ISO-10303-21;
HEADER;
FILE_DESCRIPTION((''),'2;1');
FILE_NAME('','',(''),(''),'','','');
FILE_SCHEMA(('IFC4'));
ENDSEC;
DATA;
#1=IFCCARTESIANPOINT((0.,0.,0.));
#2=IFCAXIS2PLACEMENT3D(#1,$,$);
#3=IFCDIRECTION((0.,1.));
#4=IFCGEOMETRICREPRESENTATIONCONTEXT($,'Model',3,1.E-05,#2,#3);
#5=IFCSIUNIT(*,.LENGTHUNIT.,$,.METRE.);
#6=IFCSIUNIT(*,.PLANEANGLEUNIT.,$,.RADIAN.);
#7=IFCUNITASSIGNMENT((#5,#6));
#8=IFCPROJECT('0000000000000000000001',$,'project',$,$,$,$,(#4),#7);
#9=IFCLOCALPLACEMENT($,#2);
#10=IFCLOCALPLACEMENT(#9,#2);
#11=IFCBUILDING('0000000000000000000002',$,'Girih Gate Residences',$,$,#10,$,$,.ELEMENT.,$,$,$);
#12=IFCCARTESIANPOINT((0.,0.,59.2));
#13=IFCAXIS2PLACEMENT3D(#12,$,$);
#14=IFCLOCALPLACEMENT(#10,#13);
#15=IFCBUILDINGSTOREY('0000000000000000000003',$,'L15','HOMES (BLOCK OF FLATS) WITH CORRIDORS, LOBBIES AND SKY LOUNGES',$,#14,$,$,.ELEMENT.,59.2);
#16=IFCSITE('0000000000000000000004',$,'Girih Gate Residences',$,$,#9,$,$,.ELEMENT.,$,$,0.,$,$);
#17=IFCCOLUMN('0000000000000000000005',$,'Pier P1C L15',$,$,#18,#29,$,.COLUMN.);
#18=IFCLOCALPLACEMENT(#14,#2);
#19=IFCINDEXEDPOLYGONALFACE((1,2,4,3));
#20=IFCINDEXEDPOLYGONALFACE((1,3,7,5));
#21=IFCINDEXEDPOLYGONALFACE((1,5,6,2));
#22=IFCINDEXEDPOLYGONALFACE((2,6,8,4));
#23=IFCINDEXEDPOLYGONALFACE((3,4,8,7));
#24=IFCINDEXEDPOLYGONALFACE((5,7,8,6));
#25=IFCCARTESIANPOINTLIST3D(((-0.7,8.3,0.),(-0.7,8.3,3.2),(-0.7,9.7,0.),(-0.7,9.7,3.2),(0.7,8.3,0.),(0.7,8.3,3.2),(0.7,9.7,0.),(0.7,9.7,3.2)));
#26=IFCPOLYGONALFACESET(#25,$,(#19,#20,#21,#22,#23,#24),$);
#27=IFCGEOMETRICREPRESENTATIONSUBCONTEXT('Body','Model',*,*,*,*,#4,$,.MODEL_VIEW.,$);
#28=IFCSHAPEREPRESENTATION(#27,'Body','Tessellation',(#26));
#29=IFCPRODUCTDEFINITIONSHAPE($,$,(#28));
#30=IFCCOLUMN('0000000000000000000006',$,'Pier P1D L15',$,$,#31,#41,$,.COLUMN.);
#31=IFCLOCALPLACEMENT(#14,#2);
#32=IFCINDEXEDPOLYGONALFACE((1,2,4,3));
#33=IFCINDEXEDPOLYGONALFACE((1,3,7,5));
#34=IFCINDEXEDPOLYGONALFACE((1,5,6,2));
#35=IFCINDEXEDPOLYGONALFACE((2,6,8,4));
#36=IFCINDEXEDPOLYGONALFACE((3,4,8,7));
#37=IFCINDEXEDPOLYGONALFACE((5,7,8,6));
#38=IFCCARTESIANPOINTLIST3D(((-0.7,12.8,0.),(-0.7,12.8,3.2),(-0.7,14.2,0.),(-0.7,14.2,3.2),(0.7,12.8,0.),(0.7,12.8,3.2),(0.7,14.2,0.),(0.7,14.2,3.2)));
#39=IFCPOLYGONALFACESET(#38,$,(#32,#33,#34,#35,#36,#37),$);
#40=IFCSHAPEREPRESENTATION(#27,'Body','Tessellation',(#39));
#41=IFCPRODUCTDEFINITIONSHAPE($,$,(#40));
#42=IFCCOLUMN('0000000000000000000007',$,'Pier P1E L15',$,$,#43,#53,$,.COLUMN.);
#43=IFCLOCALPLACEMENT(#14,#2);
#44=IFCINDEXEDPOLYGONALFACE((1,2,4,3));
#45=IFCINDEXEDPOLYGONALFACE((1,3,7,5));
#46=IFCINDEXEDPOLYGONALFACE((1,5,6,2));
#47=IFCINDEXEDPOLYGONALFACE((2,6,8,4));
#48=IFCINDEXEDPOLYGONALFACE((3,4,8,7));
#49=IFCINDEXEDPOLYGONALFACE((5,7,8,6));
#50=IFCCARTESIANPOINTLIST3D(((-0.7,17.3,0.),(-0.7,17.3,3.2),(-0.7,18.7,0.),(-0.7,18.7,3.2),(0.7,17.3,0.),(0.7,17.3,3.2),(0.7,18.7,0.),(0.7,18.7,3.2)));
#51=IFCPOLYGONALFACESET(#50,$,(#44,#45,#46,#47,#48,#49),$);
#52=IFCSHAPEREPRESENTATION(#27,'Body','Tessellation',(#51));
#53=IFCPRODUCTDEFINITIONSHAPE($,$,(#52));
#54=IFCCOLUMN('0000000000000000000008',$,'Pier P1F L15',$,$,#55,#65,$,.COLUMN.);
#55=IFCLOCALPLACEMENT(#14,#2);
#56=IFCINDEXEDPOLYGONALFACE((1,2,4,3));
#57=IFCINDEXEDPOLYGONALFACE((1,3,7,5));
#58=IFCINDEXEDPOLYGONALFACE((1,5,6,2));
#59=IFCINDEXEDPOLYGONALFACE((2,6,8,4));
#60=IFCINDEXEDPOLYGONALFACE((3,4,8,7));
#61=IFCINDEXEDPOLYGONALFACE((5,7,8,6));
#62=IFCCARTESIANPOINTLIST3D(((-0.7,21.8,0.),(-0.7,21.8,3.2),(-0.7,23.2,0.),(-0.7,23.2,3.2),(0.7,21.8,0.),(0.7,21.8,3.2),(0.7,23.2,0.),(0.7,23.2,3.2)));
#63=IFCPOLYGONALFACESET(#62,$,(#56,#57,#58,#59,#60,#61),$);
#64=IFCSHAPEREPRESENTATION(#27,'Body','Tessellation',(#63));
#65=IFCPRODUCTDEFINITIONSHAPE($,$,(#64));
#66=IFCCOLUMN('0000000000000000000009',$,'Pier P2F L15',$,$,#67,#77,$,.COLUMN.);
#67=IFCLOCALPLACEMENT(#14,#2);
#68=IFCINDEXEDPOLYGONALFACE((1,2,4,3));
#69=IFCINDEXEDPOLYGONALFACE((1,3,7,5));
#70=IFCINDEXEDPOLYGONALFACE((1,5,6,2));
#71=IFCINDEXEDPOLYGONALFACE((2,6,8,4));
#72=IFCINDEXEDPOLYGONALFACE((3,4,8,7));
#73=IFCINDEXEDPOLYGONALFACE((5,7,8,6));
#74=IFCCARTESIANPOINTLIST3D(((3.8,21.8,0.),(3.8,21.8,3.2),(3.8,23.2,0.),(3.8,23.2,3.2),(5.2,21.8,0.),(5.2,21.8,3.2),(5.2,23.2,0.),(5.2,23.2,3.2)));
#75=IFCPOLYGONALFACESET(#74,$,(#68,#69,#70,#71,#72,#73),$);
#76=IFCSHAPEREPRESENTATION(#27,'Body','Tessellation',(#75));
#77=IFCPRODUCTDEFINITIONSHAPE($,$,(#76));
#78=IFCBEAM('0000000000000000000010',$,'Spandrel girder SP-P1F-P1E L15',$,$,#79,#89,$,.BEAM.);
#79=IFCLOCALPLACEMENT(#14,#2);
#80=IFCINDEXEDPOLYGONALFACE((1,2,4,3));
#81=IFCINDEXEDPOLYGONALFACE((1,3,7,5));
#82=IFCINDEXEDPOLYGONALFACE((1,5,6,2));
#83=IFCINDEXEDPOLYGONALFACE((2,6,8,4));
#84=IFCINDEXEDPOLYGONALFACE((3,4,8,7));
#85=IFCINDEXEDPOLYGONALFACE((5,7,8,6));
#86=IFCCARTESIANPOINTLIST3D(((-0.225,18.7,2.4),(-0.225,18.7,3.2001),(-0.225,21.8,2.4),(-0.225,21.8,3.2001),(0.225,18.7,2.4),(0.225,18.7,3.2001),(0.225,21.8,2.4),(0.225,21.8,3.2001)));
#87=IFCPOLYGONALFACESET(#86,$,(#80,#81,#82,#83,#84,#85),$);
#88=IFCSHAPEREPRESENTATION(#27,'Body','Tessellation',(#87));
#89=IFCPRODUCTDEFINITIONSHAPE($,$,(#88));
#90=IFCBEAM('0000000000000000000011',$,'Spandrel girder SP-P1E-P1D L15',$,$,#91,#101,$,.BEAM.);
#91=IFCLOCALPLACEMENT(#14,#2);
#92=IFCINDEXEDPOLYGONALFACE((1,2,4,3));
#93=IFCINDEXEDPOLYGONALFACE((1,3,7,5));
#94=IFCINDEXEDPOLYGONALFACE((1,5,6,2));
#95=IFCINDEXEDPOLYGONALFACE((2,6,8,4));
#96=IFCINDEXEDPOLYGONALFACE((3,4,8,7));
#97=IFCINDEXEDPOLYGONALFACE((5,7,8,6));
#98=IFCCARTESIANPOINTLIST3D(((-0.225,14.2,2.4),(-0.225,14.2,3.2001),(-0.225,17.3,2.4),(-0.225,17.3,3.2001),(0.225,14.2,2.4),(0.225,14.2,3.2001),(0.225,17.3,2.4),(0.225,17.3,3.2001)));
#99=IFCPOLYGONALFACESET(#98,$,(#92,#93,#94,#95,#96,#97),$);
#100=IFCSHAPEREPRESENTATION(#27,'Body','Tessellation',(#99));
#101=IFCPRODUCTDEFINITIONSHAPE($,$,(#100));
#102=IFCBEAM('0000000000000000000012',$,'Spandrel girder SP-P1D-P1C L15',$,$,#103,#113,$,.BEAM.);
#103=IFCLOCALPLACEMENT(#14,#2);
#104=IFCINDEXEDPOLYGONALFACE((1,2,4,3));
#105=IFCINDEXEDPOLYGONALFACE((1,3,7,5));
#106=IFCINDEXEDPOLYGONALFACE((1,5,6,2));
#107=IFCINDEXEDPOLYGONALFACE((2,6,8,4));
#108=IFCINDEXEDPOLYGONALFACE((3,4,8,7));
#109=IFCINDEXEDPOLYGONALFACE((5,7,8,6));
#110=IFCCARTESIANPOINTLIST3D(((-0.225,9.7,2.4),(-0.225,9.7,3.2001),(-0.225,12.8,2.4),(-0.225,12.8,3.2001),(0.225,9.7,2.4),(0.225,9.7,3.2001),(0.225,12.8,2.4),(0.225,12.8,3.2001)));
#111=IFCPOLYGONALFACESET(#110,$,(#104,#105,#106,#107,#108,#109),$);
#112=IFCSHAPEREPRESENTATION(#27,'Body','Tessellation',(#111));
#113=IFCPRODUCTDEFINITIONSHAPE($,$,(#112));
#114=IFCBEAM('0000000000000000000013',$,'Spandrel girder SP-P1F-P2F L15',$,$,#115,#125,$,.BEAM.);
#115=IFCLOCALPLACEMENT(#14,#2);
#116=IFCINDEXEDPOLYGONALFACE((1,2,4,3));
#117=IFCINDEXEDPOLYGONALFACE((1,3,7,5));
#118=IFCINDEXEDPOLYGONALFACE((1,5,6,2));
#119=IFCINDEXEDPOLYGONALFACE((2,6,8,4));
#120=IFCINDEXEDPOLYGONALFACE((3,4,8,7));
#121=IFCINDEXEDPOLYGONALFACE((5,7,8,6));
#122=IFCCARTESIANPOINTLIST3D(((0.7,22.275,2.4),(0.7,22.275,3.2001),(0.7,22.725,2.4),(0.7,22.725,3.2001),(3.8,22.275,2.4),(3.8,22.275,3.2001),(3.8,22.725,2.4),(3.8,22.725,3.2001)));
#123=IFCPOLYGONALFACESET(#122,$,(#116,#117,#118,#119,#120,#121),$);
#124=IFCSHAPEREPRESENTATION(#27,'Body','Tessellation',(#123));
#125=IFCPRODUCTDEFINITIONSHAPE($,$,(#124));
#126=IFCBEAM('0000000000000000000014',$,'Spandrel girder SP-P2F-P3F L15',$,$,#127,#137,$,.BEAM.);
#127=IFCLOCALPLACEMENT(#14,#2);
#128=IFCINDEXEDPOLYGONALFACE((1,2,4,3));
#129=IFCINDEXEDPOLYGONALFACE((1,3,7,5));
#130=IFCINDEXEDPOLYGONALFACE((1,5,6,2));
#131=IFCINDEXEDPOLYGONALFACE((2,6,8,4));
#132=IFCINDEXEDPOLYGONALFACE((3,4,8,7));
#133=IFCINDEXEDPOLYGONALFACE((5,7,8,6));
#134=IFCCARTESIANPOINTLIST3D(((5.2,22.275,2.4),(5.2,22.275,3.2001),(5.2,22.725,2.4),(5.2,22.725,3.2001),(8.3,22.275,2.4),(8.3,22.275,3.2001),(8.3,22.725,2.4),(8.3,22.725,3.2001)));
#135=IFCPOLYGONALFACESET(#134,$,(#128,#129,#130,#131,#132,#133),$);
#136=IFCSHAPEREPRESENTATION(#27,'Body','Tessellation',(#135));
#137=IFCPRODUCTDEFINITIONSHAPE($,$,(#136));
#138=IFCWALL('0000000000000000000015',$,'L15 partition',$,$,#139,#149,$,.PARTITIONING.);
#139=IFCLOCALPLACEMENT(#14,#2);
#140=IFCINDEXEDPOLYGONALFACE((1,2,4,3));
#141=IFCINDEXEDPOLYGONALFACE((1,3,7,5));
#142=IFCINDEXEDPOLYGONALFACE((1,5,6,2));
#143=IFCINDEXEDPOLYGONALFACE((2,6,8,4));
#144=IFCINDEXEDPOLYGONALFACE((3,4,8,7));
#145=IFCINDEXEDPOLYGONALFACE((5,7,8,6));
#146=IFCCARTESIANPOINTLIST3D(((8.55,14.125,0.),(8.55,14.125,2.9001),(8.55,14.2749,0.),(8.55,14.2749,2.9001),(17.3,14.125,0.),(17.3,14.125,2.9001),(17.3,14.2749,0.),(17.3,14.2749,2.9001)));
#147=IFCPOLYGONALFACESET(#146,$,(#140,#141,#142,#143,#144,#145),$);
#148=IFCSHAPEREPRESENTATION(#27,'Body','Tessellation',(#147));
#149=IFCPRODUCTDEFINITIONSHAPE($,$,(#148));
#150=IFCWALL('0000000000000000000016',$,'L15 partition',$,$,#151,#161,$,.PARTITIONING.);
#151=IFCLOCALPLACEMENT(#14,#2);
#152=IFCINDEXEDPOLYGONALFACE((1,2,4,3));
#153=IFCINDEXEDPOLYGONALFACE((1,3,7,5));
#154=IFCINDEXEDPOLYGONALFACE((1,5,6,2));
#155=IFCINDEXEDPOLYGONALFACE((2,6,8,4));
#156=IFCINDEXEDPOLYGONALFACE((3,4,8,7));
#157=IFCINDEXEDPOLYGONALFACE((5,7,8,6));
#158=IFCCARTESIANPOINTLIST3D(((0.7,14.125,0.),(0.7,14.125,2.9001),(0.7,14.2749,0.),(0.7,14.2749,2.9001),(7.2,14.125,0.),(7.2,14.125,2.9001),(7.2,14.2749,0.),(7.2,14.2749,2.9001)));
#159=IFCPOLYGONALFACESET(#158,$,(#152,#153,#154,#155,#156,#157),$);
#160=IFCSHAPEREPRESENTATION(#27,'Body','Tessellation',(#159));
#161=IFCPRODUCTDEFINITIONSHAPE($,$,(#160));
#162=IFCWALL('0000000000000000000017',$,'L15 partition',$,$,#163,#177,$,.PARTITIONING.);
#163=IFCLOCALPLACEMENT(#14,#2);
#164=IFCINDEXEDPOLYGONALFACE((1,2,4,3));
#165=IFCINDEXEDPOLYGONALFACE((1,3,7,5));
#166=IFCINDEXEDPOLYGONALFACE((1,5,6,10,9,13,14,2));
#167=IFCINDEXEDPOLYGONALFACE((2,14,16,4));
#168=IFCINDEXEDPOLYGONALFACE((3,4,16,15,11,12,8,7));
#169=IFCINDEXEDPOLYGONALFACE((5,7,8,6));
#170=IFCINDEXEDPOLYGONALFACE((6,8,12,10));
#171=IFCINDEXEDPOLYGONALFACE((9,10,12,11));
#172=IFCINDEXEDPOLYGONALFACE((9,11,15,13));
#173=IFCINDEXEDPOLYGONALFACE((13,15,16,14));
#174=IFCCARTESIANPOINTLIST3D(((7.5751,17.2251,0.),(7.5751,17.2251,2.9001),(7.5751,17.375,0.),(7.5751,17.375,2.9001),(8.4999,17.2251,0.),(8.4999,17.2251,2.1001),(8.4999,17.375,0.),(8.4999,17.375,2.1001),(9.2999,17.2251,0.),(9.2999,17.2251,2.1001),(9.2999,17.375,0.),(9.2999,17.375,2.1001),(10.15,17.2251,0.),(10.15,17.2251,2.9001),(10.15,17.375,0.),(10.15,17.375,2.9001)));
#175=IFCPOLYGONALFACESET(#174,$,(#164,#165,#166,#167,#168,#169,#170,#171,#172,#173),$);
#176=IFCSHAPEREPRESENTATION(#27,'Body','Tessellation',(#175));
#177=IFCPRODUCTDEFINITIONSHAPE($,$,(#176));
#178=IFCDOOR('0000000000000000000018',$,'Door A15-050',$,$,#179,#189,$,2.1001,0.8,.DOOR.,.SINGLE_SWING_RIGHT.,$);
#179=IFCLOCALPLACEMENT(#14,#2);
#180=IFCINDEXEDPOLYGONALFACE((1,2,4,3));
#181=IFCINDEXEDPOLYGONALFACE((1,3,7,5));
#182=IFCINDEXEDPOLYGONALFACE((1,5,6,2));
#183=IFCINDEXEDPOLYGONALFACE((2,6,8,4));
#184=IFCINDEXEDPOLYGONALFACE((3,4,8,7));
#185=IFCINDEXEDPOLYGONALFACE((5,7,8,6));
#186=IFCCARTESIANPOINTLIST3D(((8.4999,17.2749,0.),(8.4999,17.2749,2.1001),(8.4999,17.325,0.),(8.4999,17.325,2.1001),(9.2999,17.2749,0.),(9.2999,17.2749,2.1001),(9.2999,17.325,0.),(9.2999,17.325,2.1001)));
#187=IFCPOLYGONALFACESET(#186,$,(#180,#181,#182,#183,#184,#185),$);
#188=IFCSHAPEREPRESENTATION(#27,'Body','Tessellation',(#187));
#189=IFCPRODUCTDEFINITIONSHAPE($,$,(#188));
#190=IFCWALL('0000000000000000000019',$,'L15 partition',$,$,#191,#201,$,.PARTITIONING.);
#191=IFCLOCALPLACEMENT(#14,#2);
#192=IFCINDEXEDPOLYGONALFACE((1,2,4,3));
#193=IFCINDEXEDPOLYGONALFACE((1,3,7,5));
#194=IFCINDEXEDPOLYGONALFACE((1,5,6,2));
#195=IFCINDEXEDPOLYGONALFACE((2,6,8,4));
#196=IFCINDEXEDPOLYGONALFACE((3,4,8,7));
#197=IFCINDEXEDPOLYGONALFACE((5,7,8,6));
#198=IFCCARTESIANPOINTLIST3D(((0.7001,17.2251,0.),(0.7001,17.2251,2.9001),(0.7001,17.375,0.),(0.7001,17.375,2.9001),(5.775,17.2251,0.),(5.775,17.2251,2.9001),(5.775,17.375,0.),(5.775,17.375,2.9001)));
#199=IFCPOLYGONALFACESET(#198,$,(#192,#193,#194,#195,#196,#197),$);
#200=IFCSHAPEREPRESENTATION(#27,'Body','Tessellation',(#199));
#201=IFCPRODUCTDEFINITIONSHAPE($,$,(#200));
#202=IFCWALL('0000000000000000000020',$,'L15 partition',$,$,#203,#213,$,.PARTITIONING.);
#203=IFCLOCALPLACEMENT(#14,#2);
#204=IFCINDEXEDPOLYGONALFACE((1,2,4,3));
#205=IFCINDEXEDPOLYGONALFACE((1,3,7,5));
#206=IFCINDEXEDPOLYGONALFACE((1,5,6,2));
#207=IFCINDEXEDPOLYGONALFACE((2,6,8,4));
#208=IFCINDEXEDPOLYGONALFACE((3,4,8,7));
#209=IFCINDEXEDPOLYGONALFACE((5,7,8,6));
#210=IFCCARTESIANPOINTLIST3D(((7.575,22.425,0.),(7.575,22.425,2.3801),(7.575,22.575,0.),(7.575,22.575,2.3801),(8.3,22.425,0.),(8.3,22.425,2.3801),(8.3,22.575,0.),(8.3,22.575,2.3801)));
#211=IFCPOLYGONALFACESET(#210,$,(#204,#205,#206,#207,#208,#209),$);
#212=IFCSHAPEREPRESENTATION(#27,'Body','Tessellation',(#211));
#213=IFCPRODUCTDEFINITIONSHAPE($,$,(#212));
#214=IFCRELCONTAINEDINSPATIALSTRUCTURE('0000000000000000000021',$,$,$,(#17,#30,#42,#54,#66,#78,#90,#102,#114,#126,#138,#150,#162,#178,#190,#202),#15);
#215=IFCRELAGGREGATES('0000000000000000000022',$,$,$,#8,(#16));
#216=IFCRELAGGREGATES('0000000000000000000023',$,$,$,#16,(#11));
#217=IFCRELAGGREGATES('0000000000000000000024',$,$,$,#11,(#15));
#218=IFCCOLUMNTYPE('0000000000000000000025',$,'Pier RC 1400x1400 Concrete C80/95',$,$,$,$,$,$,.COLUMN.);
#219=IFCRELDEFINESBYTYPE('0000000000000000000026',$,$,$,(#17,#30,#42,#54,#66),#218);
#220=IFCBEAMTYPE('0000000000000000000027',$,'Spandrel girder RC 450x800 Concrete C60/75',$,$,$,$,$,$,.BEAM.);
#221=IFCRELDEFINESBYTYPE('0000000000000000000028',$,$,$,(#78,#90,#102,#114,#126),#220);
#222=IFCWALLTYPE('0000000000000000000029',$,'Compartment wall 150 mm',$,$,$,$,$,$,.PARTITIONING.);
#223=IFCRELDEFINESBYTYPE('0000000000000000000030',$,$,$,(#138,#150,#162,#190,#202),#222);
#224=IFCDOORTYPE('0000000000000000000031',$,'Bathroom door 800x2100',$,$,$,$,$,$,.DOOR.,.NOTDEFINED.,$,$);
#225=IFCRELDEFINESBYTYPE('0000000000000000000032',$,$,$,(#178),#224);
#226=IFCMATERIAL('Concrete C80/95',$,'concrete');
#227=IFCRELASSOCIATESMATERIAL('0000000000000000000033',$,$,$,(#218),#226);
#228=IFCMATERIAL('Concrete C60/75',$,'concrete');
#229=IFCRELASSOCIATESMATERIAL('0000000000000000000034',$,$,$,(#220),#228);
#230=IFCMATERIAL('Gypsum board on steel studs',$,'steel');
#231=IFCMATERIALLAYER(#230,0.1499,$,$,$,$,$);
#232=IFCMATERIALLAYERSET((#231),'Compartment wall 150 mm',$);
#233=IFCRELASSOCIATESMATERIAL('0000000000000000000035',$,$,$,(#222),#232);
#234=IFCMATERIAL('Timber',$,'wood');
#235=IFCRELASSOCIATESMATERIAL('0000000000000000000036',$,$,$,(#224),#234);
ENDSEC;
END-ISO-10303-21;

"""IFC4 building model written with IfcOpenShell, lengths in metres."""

from ifc_helpers import new_model, si_unit, direction, frame, frame_2d, origin, origin_2d, place, context, subcontext, project, spatial, rectangle, extrude, material, layer, layer_set, material_profile, profile_set, type_object, element, fill, save


model = new_model("IFC4")

# Units and contexts
model_context = context("Model", 3, precision=1e-05, world=origin(), true_north=direction((0.0, 1.0)))
body_context = subcontext(model_context, "Body", "Model", "MODEL_VIEW")
ifc_project = project(units=[si_unit("LENGTHUNIT", "METRE"), si_unit("PLANEANGLEUNIT", "RADIAN")], contexts=[model_context])

# Site, building, storey
site_placement = place(None, origin())
site = spatial("IfcSite", under=ifc_project, at=site_placement, Name="Girih Gate Residences", CompositionType="ELEMENT", RefElevation=0.0)
building_placement = place(site_placement, origin())
building = spatial("IfcBuilding", under=site, at=building_placement, Name="Girih Gate Residences", CompositionType="ELEMENT")
storey_placement = place(building_placement, frame((0.0, 0.0, 59.2)))
storey = spatial("IfcBuildingStorey", under=building, at=storey_placement, Name="L15", Description="HOMES (BLOCK OF FLATS) WITH CORRIDORS, LOBBIES AND SKY LOUNGES", CompositionType="ELEMENT", Elevation=59.2)

# Columns
ifc_material_1 = material(Name="Concrete C80/95", Category="concrete")
ifc_material_profile_1 = material_profile(ifc_material_1, rectangle(XDim=1.3999, YDim=1.3999, at=origin_2d()))
ifc_profile_set_1 = profile_set([ifc_material_profile_1], Name="Concrete C80/95")
column_type = type_object("IfcColumnType", Name="Pier RC 1400x1400 Concrete C80/95", PredefinedType="COLUMN", material=ifc_profile_set_1)
for number, where, z_axis, x_axis, name in (
    (1, (0.0, 9.0, 0.0), (0.0, 0.0, 1.0), (1.0, 0.0, 0.0), "Pier P1C L15"),
    (2, (0.0, 13.5, 0.0), (0.0, 0.0, 1.0), (1.0, 0.0, 0.0), "Pier P1D L15"),
    (3, (0.0, 18.0, 0.0), (0.0, 0.0, 1.0), (1.0, 0.0, 0.0), "Pier P1E L15"),
    (4, (0.0, 22.5, 0.0), (0.0, 0.0, 1.0), (1.0, 0.0, 0.0), "Pier P1F L15"),
    (5, (4.5, 22.5, 0.0), (0.0, 0.0, 1.0), (1.0, 0.0, 0.0), "Pier P2F L15"),
):
    element("IfcColumn", number, at=place(storey_placement, frame(where, z_axis=z_axis, x_axis=x_axis)), inside=storey, type_object=column_type, Name=name, PredefinedType="COLUMN", context=body_context, shape_type="SweptSolid", body=[
        extrude(rectangle(XDim=1.3999, YDim=1.3999, at=origin_2d()), origin(), (0.0, 0.0, 1.0), 3.2),
    ])

# Beams
ifc_material_2 = material(Name="Concrete C60/75", Category="concrete")
ifc_material_profile_2 = material_profile(ifc_material_2, rectangle(XDim=0.45, YDim=0.8, at=origin_2d()))
ifc_profile_set_2 = profile_set([ifc_material_profile_2], Name="Concrete C60/75")
beam_type = type_object("IfcBeamType", Name="Spandrel girder RC 450x800 Concrete C60/75", PredefinedType="BEAM", material=ifc_profile_set_2)
for number, where, z_axis, x_axis, name in (
    (6, (0.0, 21.8, 2.8), (0.0, -1.0, 0.0), (1.0, 0.0, 0.0), "Spandrel girder SP-P1F-P1E L15"),
    (7, (0.0, 17.3, 2.8), (0.0, -1.0, 0.0), (1.0, 0.0, 0.0), "Spandrel girder SP-P1E-P1D L15"),
    (8, (0.0, 12.8, 2.8), (0.0, -1.0, 0.0), (1.0, 0.0, 0.0), "Spandrel girder SP-P1D-P1C L15"),
    (9, (0.7, 22.5, 2.8), (1.0, 0.0, 0.0), (0.0, 1.0, 0.0), "Spandrel girder SP-P1F-P2F L15"),
    (10, (5.2, 22.5, 2.8), (1.0, 0.0, 0.0), (0.0, 1.0, 0.0), "Spandrel girder SP-P2F-P3F L15"),
):
    element("IfcBeam", number, at=place(storey_placement, frame(where, z_axis=z_axis, x_axis=x_axis)), inside=storey, type_object=beam_type, Name=name, PredefinedType="BEAM", context=body_context, shape_type="SweptSolid", body=[
        extrude(rectangle(XDim=0.45, YDim=0.8, at=origin_2d()), origin(), (0.0, 0.0, 1.0), 3.1001),
    ])

# Walls
ifc_material_3 = material(Name="Gypsum board on steel studs", Category="steel")
ifc_layer_1 = layer(ifc_material_3, 0.1499)
ifc_layer_set_1 = layer_set([ifc_layer_1], Name="Compartment wall 150 mm")
wall_type_1 = type_object("IfcWallType", Name="Compartment wall 150 mm", PredefinedType="PARTITIONING", material=ifc_layer_set_1)
wall_1_placement = place(storey_placement, frame((8.55, 14.2, 0.0), z_axis=(0.0, 0.0, 1.0), x_axis=(1.0, 0.0, 0.0)))
element("IfcWall", 11, at=wall_1_placement, inside=storey, type_object=wall_type_1, Name="L15 partition", PredefinedType="PARTITIONING", context=body_context, shape_type="SweptSolid", body=[
    extrude(rectangle(XDim=8.75, YDim=0.1499, at=frame_2d((4.375, 0.0))), origin(), (0.0, 0.0, 1.0), 2.9001),
])
wall_2_placement = place(storey_placement, frame((0.7, 14.2, 0.0), z_axis=(0.0, 0.0, 1.0), x_axis=(1.0, 0.0, 0.0)))
element("IfcWall", 12, at=wall_2_placement, inside=storey, type_object=wall_type_1, Name="L15 partition", PredefinedType="PARTITIONING", context=body_context, shape_type="SweptSolid", body=[
    extrude(rectangle(XDim=6.5, YDim=0.1499, at=frame_2d((3.25, 0.0))), origin(), (0.0, 0.0, 1.0), 2.9001),
])

# Wall, opening, door
wall_3_placement = place(storey_placement, frame((7.575, 17.3, 0.0), z_axis=(0.0, 0.0, 1.0), x_axis=(1.0, 0.0, 0.0)))
wall_3 = element("IfcWall", 13, at=wall_3_placement, inside=storey, type_object=wall_type_1, Name="L15 partition", PredefinedType="PARTITIONING", context=body_context, shape_type="SweptSolid", body=[
    extrude(rectangle(XDim=2.575, YDim=0.1499, at=frame_2d((1.2876, 0.0))), origin(), (0.0, 0.0, 1.0), 2.9001),
])
opening_1_placement = place(wall_3_placement, frame((0.925, 0.0, 0.0)))
opening_1 = element("IfcOpeningElement", 14, at=opening_1_placement, cuts=wall_3, PredefinedType="OPENING", context=body_context, shape_type="SweptSolid", body=[
    extrude(rectangle(XDim=0.8, YDim=2.1001, at=frame_2d((0.3999, 1.05))), frame((0.0, 0.085, 0.0), z_axis=(0.0, -1.0, 0.0), x_axis=(1.0, 0.0, 0.0)), (0.0, 0.0, 1.0), 0.1699),
])
ifc_material_4 = material(Name="Timber", Category="wood")
door_type_1 = type_object("IfcDoorType", Name="Bathroom door 800x2100", OperationType="NOTDEFINED", PredefinedType="DOOR", material=ifc_material_4)
door_1_placement = place(opening_1_placement, origin())
door_1 = element("IfcDoor", 15, at=door_1_placement, inside=storey, type_object=door_type_1, Name="Door A15-050", OperationType="SINGLE_SWING_RIGHT", OverallHeight=2.1001, OverallWidth=0.8, PredefinedType="DOOR", context=body_context, shape_type="SweptSolid", body=[
    extrude(rectangle(XDim=0.8, YDim=2.1001, at=frame_2d((0.3999, 1.05))), frame((0.0, 0.0249, 0.0), z_axis=(0.0, -1.0, 0.0), x_axis=(1.0, 0.0, 0.0)), (0.0, 0.0, 1.0), 0.05),
])
fill(opening_1, door_1)

# Walls
wall_4_placement = place(storey_placement, frame((0.7, 17.3, 0.0), z_axis=(0.0, 0.0, 1.0), x_axis=(1.0, 0.0, 0.0)))
element("IfcWall", 16, at=wall_4_placement, inside=storey, type_object=wall_type_1, Name="L15 partition", PredefinedType="PARTITIONING", context=body_context, shape_type="SweptSolid", body=[
    extrude(rectangle(XDim=5.075, YDim=0.1499, at=frame_2d((2.5376, 0.0))), origin(), (0.0, 0.0, 1.0), 2.9001),
])
wall_5_placement = place(storey_placement, frame((7.575, 22.5, 0.0), z_axis=(0.0, 0.0, 1.0), x_axis=(1.0, 0.0, 0.0)))
element("IfcWall", 17, at=wall_5_placement, inside=storey, type_object=wall_type_1, Name="L15 partition", PredefinedType="PARTITIONING", context=body_context, shape_type="SweptSolid", body=[
    extrude(rectangle(XDim=0.7251, YDim=0.1499, at=frame_2d((0.3625, 0.0))), origin(), (0.0, 0.0, 1.0), 2.3801),
])

save(model, "model.ifc")
